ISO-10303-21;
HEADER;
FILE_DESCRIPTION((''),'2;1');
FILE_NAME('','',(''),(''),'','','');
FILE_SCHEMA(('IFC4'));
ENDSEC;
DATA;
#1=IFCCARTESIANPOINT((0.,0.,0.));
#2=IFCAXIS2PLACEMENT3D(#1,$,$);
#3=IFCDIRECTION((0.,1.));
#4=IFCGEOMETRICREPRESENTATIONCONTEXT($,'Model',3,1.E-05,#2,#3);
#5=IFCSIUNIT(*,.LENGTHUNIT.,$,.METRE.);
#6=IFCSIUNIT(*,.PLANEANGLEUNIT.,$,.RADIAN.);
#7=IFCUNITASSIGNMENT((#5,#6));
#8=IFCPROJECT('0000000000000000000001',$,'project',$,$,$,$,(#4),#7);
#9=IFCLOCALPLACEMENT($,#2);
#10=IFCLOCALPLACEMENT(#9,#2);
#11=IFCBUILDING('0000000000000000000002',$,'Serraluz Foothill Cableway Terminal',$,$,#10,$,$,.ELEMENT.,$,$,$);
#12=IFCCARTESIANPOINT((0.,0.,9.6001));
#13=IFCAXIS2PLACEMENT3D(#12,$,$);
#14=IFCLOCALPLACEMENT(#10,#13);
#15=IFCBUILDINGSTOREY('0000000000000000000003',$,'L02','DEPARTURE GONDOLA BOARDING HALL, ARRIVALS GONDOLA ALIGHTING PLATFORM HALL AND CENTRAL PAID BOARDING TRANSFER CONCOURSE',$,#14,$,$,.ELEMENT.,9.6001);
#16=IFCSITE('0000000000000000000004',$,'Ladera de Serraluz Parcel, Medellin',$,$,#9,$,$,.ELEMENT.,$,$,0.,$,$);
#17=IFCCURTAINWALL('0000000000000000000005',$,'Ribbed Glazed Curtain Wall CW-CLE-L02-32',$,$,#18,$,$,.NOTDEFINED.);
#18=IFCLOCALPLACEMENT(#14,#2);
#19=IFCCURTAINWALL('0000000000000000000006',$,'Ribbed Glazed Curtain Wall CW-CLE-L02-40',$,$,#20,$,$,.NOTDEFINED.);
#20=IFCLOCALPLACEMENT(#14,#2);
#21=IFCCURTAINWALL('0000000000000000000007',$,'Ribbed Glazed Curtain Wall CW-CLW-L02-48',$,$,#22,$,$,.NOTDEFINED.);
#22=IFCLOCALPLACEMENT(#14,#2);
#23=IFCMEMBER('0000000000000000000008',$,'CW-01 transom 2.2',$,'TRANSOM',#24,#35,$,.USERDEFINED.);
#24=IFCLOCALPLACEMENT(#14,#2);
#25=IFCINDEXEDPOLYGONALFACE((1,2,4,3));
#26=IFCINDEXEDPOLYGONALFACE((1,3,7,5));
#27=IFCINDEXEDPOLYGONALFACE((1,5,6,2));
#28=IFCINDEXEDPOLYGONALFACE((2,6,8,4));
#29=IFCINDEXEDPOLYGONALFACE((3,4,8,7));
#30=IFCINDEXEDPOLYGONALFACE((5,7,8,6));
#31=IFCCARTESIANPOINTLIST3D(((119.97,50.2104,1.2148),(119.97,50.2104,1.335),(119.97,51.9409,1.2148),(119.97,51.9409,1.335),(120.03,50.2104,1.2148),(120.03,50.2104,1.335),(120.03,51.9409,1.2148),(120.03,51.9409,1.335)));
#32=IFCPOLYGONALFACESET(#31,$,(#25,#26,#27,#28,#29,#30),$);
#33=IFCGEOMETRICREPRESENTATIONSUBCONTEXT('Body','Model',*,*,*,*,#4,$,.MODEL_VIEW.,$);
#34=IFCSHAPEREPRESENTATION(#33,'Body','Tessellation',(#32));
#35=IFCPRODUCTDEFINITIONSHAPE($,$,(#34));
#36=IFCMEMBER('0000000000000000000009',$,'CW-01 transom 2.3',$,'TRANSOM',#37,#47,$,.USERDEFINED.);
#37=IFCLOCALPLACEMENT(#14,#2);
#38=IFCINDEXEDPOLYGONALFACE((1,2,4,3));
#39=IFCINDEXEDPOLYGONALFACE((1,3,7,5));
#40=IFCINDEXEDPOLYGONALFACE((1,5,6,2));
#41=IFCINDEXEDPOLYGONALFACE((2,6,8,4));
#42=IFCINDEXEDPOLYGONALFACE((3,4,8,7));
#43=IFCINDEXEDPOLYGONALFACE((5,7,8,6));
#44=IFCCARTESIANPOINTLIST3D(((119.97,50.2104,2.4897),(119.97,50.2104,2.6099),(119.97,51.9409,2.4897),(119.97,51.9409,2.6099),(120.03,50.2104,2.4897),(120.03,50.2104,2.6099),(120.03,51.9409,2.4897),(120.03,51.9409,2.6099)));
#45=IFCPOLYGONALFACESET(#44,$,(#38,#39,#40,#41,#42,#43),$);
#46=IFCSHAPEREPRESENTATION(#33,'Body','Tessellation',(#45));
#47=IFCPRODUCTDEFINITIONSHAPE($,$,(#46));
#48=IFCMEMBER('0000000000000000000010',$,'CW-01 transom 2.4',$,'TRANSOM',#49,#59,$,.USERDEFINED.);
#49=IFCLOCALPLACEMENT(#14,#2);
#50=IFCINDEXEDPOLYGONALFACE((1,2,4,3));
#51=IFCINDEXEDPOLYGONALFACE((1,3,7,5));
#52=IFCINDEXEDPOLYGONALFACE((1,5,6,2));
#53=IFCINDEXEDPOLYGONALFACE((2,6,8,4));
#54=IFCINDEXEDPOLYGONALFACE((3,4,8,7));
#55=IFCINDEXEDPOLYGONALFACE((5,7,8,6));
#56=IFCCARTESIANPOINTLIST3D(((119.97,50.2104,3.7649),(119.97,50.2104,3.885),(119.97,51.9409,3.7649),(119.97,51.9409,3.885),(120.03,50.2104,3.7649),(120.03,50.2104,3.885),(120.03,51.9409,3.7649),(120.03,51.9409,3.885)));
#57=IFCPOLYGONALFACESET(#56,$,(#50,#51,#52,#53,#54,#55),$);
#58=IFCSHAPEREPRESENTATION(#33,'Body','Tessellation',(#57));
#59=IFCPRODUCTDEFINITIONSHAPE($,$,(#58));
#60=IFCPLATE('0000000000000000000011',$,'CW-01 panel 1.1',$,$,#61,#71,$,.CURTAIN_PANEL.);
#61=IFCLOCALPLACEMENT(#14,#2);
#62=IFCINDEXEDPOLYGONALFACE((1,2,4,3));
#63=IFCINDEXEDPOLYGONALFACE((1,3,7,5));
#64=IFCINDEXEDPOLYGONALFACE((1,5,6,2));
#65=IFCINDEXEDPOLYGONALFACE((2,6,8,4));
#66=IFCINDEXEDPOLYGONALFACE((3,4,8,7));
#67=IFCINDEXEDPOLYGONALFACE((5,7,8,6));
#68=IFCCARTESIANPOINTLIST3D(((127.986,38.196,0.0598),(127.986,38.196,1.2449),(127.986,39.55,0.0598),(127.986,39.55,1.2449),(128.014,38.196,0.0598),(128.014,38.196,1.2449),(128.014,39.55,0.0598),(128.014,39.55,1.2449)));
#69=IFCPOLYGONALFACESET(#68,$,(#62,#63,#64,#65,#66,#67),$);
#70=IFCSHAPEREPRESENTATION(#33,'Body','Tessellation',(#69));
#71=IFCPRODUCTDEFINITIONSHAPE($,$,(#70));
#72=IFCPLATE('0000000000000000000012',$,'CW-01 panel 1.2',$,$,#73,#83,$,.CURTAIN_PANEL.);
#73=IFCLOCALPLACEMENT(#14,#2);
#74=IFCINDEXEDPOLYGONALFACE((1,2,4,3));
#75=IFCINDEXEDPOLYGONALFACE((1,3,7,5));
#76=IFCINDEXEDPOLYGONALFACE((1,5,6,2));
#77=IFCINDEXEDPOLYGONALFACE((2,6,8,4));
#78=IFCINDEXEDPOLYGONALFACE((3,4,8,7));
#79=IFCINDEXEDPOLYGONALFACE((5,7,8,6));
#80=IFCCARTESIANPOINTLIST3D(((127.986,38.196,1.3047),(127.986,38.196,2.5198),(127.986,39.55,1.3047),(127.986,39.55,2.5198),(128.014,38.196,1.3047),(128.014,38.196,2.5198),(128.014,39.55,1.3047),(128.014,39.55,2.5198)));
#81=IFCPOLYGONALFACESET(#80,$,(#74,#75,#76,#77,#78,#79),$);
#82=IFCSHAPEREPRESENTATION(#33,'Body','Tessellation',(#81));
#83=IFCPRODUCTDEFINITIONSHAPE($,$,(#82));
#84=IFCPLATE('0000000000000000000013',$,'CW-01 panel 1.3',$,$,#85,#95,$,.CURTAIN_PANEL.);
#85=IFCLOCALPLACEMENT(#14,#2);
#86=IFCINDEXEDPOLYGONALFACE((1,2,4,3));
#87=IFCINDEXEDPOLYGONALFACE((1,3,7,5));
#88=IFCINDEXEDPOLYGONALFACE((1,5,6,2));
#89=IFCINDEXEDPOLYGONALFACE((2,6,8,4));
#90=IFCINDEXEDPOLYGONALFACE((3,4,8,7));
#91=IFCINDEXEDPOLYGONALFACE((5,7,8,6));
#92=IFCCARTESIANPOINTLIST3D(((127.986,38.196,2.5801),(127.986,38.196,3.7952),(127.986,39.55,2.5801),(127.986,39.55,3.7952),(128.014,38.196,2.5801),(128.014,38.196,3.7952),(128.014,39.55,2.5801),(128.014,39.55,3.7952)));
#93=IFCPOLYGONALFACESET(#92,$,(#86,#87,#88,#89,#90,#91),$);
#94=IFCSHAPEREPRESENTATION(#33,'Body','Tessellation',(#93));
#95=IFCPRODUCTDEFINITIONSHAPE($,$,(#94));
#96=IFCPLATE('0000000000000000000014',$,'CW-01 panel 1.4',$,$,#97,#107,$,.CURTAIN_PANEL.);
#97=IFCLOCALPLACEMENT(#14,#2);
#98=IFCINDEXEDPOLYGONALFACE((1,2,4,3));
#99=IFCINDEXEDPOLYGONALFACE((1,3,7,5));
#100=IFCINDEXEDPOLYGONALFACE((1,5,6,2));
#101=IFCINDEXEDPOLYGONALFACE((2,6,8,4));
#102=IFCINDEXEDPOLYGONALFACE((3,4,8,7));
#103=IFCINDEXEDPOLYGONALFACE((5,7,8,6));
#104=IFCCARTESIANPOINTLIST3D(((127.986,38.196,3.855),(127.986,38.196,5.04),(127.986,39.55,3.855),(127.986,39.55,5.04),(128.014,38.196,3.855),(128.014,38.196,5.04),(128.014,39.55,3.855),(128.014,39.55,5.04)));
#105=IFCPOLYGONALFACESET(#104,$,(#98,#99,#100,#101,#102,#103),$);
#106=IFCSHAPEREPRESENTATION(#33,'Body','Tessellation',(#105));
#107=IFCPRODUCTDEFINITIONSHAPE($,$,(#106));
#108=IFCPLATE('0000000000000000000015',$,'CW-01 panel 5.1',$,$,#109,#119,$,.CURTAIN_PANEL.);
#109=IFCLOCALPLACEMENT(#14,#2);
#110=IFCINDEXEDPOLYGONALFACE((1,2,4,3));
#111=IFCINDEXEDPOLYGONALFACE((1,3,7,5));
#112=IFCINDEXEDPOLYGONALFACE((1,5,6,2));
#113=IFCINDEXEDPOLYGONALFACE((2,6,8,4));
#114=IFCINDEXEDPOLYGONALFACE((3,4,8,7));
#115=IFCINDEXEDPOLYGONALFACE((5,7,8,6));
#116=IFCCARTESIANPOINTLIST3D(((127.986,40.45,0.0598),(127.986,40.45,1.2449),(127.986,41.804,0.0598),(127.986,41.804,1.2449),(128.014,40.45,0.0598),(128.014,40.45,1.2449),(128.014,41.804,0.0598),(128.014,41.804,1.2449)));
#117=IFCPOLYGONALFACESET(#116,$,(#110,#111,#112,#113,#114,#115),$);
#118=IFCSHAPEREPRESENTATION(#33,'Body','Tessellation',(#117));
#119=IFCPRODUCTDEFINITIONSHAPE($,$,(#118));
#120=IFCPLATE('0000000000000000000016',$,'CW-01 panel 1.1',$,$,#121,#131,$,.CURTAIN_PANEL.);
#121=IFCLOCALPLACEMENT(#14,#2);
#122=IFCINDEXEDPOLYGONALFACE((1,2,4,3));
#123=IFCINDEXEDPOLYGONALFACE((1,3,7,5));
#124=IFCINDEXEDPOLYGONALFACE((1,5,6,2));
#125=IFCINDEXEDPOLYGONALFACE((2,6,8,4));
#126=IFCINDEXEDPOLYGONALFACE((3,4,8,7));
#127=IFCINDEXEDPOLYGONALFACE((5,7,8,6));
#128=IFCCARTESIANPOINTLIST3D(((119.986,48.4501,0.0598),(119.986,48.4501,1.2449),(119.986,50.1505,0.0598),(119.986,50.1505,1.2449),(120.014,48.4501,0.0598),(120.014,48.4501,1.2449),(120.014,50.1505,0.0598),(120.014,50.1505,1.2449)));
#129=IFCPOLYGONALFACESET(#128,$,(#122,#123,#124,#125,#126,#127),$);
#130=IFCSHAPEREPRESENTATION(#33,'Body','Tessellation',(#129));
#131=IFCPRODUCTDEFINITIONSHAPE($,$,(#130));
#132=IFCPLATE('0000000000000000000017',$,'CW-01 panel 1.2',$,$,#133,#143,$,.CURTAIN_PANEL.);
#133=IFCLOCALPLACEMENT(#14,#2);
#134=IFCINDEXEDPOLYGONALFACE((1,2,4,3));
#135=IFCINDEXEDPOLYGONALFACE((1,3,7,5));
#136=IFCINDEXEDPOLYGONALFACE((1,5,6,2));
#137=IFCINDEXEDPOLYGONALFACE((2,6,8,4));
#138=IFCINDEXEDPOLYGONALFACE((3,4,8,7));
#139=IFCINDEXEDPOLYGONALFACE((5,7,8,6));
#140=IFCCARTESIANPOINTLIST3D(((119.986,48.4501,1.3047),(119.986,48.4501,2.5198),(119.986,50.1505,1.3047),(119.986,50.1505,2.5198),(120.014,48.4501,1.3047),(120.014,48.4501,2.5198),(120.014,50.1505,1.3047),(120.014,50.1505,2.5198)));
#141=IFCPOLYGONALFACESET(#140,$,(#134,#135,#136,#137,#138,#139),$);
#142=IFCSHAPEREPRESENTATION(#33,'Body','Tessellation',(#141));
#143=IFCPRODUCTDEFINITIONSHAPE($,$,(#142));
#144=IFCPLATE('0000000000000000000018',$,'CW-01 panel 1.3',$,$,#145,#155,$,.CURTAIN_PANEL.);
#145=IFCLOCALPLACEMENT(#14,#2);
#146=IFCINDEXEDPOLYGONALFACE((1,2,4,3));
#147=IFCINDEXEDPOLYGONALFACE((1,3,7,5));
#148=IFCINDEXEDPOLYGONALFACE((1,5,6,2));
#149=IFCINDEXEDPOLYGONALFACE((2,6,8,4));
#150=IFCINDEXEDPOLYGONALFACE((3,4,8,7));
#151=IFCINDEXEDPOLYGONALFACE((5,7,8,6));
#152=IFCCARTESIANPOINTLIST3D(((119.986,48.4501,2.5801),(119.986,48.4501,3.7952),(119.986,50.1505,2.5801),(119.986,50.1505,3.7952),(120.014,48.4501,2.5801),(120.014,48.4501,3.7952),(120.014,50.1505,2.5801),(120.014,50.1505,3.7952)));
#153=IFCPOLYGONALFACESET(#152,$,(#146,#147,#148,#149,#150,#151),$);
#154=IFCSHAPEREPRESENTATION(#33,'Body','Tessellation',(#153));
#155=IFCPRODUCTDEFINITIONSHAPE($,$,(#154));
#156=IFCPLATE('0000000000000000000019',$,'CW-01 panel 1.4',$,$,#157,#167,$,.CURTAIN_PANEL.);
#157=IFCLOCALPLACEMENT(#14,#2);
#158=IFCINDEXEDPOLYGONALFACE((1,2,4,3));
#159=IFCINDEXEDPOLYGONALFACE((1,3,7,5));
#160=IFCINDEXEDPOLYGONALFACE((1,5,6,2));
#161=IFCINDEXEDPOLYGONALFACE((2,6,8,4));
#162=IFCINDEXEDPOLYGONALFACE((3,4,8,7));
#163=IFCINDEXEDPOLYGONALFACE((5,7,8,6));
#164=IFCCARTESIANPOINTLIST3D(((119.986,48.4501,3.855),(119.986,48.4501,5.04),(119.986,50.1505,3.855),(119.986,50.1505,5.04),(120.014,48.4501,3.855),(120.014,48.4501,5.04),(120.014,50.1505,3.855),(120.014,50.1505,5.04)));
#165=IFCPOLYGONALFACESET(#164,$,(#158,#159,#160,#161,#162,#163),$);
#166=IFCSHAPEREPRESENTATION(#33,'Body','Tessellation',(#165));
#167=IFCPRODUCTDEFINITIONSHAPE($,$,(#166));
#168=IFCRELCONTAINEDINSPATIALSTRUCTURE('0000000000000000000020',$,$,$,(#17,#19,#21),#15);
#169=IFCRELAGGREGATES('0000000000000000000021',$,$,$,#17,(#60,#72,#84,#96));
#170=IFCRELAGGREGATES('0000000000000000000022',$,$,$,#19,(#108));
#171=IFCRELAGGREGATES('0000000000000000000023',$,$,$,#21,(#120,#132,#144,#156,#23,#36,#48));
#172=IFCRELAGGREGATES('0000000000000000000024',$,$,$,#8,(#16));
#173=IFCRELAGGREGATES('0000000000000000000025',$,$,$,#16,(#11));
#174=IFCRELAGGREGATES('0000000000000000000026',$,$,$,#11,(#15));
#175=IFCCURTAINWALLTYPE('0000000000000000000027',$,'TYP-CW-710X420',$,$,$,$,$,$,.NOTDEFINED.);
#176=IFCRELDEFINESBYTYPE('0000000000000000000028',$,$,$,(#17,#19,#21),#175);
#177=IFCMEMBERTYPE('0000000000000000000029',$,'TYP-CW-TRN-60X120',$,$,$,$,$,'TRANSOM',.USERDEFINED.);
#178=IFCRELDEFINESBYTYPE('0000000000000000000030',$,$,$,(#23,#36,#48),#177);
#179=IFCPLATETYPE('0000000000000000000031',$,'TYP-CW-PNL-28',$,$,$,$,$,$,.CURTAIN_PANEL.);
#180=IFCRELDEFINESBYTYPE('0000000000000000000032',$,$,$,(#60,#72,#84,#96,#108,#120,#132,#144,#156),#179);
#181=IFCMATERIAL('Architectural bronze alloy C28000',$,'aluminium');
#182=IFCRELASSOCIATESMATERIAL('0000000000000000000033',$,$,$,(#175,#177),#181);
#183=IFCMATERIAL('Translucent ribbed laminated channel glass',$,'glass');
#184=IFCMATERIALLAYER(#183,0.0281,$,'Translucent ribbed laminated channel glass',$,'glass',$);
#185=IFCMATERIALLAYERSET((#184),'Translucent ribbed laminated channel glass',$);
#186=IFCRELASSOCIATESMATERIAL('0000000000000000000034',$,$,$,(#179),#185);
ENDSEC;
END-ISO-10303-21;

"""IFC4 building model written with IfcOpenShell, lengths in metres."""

from ifc_helpers import new_model, si_unit, direction, frame, origin, origin_2d, place, context, subcontext, project, spatial, rectangle, extrude, material, layer, layer_set, material_profile, profile_set, type_object, element, aggregate, save


model = new_model("IFC4")

# Units and contexts
model_context = context("Model", 3, precision=1e-05, world=origin(), true_north=direction((0.0, 1.0)))
body_context = subcontext(model_context, "Body", "Model", "MODEL_VIEW")
ifc_project = project(units=[si_unit("LENGTHUNIT", "METRE"), si_unit("PLANEANGLEUNIT", "RADIAN")], contexts=[model_context])

# Site, building, storey
site_placement = place(None, origin())
site = spatial("IfcSite", under=ifc_project, at=site_placement, Name="Ladera de Serraluz Parcel, Medellin", CompositionType="ELEMENT", RefElevation=0.0)
building_placement = place(site_placement, origin())
building = spatial("IfcBuilding", under=site, at=building_placement, Name="Serraluz Foothill Cableway Terminal", CompositionType="ELEMENT")
storey_placement = place(building_placement, frame((0.0, 0.0, 9.6001)))
storey = spatial("IfcBuildingStorey", under=building, at=storey_placement, Name="L02", Description="DEPARTURE GONDOLA BOARDING HALL, ARRIVALS GONDOLA ALIGHTING PLATFORM HALL AND CENTRAL PAID BOARDING TRANSFER CONCOURSE", CompositionType="ELEMENT", Elevation=9.6001)

# Curtain wall
ifc_material_1 = material(Name="Architectural bronze alloy C28000", Category="aluminium")
curtain_wall_type = type_object("IfcCurtainWallType", Name="TYP-CW-710X420", PredefinedType="NOTDEFINED", material=ifc_material_1)
curtain_wall_1_placement = place(storey_placement, origin())
curtain_wall_1 = element("IfcCurtainWall", 1, at=curtain_wall_1_placement, inside=storey, type_object=curtain_wall_type, Name="Ribbed Glazed Curtain Wall CW-CLE-L02-32", PredefinedType="NOTDEFINED")

# Curtain walls
curtain_wall_2_placement = place(storey_placement, origin())
curtain_wall_2 = element("IfcCurtainWall", 2, at=curtain_wall_2_placement, inside=storey, type_object=curtain_wall_type, Name="Ribbed Glazed Curtain Wall CW-CLE-L02-40", PredefinedType="NOTDEFINED")
curtain_wall_3_placement = place(storey_placement, origin())
curtain_wall_3 = element("IfcCurtainWall", 3, at=curtain_wall_3_placement, inside=storey, type_object=curtain_wall_type, Name="Ribbed Glazed Curtain Wall CW-CLW-L02-48", PredefinedType="NOTDEFINED")

# Members
ifc_material_profile_1 = material_profile(ifc_material_1, rectangle(XDim=0.0601, YDim=0.1201, at=origin_2d()), Name="ALU TRANSOM 60x120")
ifc_profile_set_1 = profile_set([ifc_material_profile_1], Name="Architectural bronze alloy C28000")
member_type_1 = type_object("IfcMemberType", Name="TYP-CW-TRN-60X120", ElementType="TRANSOM", PredefinedType="USERDEFINED", material=ifc_profile_set_1)
member_1_placement = place(storey_placement, frame((120.0, 50.2104, 1.2749), z_axis=(0.0, 1.0, 0.0), x_axis=(-1.0, 0.0, 0.0)))
member_1 = element("IfcMember", 4, at=member_1_placement, type_object=member_type_1, Name="CW-01 transom 2.2", ObjectType="TRANSOM", PredefinedType="USERDEFINED", context=body_context, shape_type="SweptSolid", body=[
    extrude(rectangle(XDim=0.0601, YDim=0.1201, at=origin_2d()), origin(), (0.0, 0.0, 1.0), 1.7305),
])
member_2_placement = place(storey_placement, frame((120.0, 50.2104, 2.5498), z_axis=(0.0, 1.0, 0.0), x_axis=(-1.0, 0.0, 0.0)))
member_2 = element("IfcMember", 5, at=member_2_placement, type_object=member_type_1, Name="CW-01 transom 2.3", ObjectType="TRANSOM", PredefinedType="USERDEFINED", context=body_context, shape_type="SweptSolid", body=[
    extrude(rectangle(XDim=0.0601, YDim=0.1201, at=origin_2d()), origin(), (0.0, 0.0, 1.0), 1.7305),
])
member_3_placement = place(storey_placement, frame((120.0, 50.2104, 3.825), z_axis=(0.0, 1.0, 0.0), x_axis=(-1.0, 0.0, 0.0)))
member_3 = element("IfcMember", 6, at=member_3_placement, type_object=member_type_1, Name="CW-01 transom 2.4", ObjectType="TRANSOM", PredefinedType="USERDEFINED", context=body_context, shape_type="SweptSolid", body=[
    extrude(rectangle(XDim=0.0601, YDim=0.1201, at=origin_2d()), origin(), (0.0, 0.0, 1.0), 1.7305),
])

# Plates
ifc_material_2 = material(Name="Translucent ribbed laminated channel glass", Category="glass")
ifc_layer = layer(ifc_material_2, 0.0281, Name="Translucent ribbed laminated channel glass", Category="glass")
ifc_layer_set = layer_set([ifc_layer], Name="Translucent ribbed laminated channel glass")
plate_type = type_object("IfcPlateType", Name="TYP-CW-PNL-28", PredefinedType="CURTAIN_PANEL", material=ifc_layer_set)
plate_1_placement = place(storey_placement, frame((128.0, 38.873, 0.0598), z_axis=(0.0, 0.0, 1.0), x_axis=(0.0, -1.0, 0.0)))
plate_1 = element("IfcPlate", 7, at=plate_1_placement, type_object=plate_type, Name="CW-01 panel 1.1", PredefinedType="CURTAIN_PANEL", context=body_context, shape_type="SweptSolid", body=[
    extrude(rectangle(XDim=1.354, YDim=0.0281, at=origin_2d()), origin(), (0.0, 0.0, 1.0), 1.1851),
])
plate_2_placement = place(storey_placement, frame((128.0, 38.873, 1.3047), z_axis=(0.0, 0.0, 1.0), x_axis=(0.0, -1.0, 0.0)))
plate_2 = element("IfcPlate", 8, at=plate_2_placement, type_object=plate_type, Name="CW-01 panel 1.2", PredefinedType="CURTAIN_PANEL", context=body_context, shape_type="SweptSolid", body=[
    extrude(rectangle(XDim=1.354, YDim=0.0281, at=origin_2d()), origin(), (0.0, 0.0, 1.0), 1.2151),
])
plate_3_placement = place(storey_placement, frame((128.0, 38.873, 2.5801), z_axis=(0.0, 0.0, 1.0), x_axis=(0.0, -1.0, 0.0)))
plate_3 = element("IfcPlate", 9, at=plate_3_placement, type_object=plate_type, Name="CW-01 panel 1.3", PredefinedType="CURTAIN_PANEL", context=body_context, shape_type="SweptSolid", body=[
    extrude(rectangle(XDim=1.354, YDim=0.0281, at=origin_2d()), origin(), (0.0, 0.0, 1.0), 1.2151),
])
plate_4_placement = place(storey_placement, frame((128.0, 38.873, 3.855), z_axis=(0.0, 0.0, 1.0), x_axis=(0.0, -1.0, 0.0)))
plate_4 = element("IfcPlate", 10, at=plate_4_placement, type_object=plate_type, Name="CW-01 panel 1.4", PredefinedType="CURTAIN_PANEL", context=body_context, shape_type="SweptSolid", body=[
    extrude(rectangle(XDim=1.354, YDim=0.0281, at=origin_2d()), origin(), (0.0, 0.0, 1.0), 1.1851),
])
aggregate(curtain_wall_1, [plate_1, plate_2, plate_3, plate_4])
plate_5_placement = place(storey_placement, frame((128.0, 41.127, 0.0598), z_axis=(0.0, 0.0, 1.0), x_axis=(0.0, -1.0, 0.0)))
plate_5 = element("IfcPlate", 11, at=plate_5_placement, type_object=plate_type, Name="CW-01 panel 5.1", PredefinedType="CURTAIN_PANEL", context=body_context, shape_type="SweptSolid", body=[
    extrude(rectangle(XDim=1.354, YDim=0.0281, at=origin_2d()), origin(), (0.0, 0.0, 1.0), 1.1851),
])
aggregate(curtain_wall_2, [plate_5])
plate_6_placement = place(storey_placement, frame((120.0, 49.3003, 0.0598), z_axis=(0.0, 0.0, 1.0), x_axis=(0.0, 1.0, 0.0)))
plate_6 = element("IfcPlate", 12, at=plate_6_placement, type_object=plate_type, Name="CW-01 panel 1.1", PredefinedType="CURTAIN_PANEL", context=body_context, shape_type="SweptSolid", body=[
    extrude(rectangle(XDim=1.7004, YDim=0.0281, at=origin_2d()), origin(), (0.0, 0.0, 1.0), 1.1851),
])
plate_7_placement = place(storey_placement, frame((120.0, 49.3003, 1.3047), z_axis=(0.0, 0.0, 1.0), x_axis=(0.0, 1.0, 0.0)))
plate_7 = element("IfcPlate", 13, at=plate_7_placement, type_object=plate_type, Name="CW-01 panel 1.2", PredefinedType="CURTAIN_PANEL", context=body_context, shape_type="SweptSolid", body=[
    extrude(rectangle(XDim=1.7004, YDim=0.0281, at=origin_2d()), origin(), (0.0, 0.0, 1.0), 1.2151),
])
plate_8_placement = place(storey_placement, frame((120.0, 49.3003, 2.5801), z_axis=(0.0, 0.0, 1.0), x_axis=(0.0, 1.0, 0.0)))
plate_8 = element("IfcPlate", 14, at=plate_8_placement, type_object=plate_type, Name="CW-01 panel 1.3", PredefinedType="CURTAIN_PANEL", context=body_context, shape_type="SweptSolid", body=[
    extrude(rectangle(XDim=1.7004, YDim=0.0281, at=origin_2d()), origin(), (0.0, 0.0, 1.0), 1.2151),
])
plate_9_placement = place(storey_placement, frame((120.0, 49.3003, 3.855), z_axis=(0.0, 0.0, 1.0), x_axis=(0.0, 1.0, 0.0)))
plate_9 = element("IfcPlate", 15, at=plate_9_placement, type_object=plate_type, Name="CW-01 panel 1.4", PredefinedType="CURTAIN_PANEL", context=body_context, shape_type="SweptSolid", body=[
    extrude(rectangle(XDim=1.7004, YDim=0.0281, at=origin_2d()), origin(), (0.0, 0.0, 1.0), 1.1851),
])
aggregate(curtain_wall_3, [plate_6, plate_7, plate_8, plate_9, member_1, member_2, member_3])

save(model, "model.ifc")
